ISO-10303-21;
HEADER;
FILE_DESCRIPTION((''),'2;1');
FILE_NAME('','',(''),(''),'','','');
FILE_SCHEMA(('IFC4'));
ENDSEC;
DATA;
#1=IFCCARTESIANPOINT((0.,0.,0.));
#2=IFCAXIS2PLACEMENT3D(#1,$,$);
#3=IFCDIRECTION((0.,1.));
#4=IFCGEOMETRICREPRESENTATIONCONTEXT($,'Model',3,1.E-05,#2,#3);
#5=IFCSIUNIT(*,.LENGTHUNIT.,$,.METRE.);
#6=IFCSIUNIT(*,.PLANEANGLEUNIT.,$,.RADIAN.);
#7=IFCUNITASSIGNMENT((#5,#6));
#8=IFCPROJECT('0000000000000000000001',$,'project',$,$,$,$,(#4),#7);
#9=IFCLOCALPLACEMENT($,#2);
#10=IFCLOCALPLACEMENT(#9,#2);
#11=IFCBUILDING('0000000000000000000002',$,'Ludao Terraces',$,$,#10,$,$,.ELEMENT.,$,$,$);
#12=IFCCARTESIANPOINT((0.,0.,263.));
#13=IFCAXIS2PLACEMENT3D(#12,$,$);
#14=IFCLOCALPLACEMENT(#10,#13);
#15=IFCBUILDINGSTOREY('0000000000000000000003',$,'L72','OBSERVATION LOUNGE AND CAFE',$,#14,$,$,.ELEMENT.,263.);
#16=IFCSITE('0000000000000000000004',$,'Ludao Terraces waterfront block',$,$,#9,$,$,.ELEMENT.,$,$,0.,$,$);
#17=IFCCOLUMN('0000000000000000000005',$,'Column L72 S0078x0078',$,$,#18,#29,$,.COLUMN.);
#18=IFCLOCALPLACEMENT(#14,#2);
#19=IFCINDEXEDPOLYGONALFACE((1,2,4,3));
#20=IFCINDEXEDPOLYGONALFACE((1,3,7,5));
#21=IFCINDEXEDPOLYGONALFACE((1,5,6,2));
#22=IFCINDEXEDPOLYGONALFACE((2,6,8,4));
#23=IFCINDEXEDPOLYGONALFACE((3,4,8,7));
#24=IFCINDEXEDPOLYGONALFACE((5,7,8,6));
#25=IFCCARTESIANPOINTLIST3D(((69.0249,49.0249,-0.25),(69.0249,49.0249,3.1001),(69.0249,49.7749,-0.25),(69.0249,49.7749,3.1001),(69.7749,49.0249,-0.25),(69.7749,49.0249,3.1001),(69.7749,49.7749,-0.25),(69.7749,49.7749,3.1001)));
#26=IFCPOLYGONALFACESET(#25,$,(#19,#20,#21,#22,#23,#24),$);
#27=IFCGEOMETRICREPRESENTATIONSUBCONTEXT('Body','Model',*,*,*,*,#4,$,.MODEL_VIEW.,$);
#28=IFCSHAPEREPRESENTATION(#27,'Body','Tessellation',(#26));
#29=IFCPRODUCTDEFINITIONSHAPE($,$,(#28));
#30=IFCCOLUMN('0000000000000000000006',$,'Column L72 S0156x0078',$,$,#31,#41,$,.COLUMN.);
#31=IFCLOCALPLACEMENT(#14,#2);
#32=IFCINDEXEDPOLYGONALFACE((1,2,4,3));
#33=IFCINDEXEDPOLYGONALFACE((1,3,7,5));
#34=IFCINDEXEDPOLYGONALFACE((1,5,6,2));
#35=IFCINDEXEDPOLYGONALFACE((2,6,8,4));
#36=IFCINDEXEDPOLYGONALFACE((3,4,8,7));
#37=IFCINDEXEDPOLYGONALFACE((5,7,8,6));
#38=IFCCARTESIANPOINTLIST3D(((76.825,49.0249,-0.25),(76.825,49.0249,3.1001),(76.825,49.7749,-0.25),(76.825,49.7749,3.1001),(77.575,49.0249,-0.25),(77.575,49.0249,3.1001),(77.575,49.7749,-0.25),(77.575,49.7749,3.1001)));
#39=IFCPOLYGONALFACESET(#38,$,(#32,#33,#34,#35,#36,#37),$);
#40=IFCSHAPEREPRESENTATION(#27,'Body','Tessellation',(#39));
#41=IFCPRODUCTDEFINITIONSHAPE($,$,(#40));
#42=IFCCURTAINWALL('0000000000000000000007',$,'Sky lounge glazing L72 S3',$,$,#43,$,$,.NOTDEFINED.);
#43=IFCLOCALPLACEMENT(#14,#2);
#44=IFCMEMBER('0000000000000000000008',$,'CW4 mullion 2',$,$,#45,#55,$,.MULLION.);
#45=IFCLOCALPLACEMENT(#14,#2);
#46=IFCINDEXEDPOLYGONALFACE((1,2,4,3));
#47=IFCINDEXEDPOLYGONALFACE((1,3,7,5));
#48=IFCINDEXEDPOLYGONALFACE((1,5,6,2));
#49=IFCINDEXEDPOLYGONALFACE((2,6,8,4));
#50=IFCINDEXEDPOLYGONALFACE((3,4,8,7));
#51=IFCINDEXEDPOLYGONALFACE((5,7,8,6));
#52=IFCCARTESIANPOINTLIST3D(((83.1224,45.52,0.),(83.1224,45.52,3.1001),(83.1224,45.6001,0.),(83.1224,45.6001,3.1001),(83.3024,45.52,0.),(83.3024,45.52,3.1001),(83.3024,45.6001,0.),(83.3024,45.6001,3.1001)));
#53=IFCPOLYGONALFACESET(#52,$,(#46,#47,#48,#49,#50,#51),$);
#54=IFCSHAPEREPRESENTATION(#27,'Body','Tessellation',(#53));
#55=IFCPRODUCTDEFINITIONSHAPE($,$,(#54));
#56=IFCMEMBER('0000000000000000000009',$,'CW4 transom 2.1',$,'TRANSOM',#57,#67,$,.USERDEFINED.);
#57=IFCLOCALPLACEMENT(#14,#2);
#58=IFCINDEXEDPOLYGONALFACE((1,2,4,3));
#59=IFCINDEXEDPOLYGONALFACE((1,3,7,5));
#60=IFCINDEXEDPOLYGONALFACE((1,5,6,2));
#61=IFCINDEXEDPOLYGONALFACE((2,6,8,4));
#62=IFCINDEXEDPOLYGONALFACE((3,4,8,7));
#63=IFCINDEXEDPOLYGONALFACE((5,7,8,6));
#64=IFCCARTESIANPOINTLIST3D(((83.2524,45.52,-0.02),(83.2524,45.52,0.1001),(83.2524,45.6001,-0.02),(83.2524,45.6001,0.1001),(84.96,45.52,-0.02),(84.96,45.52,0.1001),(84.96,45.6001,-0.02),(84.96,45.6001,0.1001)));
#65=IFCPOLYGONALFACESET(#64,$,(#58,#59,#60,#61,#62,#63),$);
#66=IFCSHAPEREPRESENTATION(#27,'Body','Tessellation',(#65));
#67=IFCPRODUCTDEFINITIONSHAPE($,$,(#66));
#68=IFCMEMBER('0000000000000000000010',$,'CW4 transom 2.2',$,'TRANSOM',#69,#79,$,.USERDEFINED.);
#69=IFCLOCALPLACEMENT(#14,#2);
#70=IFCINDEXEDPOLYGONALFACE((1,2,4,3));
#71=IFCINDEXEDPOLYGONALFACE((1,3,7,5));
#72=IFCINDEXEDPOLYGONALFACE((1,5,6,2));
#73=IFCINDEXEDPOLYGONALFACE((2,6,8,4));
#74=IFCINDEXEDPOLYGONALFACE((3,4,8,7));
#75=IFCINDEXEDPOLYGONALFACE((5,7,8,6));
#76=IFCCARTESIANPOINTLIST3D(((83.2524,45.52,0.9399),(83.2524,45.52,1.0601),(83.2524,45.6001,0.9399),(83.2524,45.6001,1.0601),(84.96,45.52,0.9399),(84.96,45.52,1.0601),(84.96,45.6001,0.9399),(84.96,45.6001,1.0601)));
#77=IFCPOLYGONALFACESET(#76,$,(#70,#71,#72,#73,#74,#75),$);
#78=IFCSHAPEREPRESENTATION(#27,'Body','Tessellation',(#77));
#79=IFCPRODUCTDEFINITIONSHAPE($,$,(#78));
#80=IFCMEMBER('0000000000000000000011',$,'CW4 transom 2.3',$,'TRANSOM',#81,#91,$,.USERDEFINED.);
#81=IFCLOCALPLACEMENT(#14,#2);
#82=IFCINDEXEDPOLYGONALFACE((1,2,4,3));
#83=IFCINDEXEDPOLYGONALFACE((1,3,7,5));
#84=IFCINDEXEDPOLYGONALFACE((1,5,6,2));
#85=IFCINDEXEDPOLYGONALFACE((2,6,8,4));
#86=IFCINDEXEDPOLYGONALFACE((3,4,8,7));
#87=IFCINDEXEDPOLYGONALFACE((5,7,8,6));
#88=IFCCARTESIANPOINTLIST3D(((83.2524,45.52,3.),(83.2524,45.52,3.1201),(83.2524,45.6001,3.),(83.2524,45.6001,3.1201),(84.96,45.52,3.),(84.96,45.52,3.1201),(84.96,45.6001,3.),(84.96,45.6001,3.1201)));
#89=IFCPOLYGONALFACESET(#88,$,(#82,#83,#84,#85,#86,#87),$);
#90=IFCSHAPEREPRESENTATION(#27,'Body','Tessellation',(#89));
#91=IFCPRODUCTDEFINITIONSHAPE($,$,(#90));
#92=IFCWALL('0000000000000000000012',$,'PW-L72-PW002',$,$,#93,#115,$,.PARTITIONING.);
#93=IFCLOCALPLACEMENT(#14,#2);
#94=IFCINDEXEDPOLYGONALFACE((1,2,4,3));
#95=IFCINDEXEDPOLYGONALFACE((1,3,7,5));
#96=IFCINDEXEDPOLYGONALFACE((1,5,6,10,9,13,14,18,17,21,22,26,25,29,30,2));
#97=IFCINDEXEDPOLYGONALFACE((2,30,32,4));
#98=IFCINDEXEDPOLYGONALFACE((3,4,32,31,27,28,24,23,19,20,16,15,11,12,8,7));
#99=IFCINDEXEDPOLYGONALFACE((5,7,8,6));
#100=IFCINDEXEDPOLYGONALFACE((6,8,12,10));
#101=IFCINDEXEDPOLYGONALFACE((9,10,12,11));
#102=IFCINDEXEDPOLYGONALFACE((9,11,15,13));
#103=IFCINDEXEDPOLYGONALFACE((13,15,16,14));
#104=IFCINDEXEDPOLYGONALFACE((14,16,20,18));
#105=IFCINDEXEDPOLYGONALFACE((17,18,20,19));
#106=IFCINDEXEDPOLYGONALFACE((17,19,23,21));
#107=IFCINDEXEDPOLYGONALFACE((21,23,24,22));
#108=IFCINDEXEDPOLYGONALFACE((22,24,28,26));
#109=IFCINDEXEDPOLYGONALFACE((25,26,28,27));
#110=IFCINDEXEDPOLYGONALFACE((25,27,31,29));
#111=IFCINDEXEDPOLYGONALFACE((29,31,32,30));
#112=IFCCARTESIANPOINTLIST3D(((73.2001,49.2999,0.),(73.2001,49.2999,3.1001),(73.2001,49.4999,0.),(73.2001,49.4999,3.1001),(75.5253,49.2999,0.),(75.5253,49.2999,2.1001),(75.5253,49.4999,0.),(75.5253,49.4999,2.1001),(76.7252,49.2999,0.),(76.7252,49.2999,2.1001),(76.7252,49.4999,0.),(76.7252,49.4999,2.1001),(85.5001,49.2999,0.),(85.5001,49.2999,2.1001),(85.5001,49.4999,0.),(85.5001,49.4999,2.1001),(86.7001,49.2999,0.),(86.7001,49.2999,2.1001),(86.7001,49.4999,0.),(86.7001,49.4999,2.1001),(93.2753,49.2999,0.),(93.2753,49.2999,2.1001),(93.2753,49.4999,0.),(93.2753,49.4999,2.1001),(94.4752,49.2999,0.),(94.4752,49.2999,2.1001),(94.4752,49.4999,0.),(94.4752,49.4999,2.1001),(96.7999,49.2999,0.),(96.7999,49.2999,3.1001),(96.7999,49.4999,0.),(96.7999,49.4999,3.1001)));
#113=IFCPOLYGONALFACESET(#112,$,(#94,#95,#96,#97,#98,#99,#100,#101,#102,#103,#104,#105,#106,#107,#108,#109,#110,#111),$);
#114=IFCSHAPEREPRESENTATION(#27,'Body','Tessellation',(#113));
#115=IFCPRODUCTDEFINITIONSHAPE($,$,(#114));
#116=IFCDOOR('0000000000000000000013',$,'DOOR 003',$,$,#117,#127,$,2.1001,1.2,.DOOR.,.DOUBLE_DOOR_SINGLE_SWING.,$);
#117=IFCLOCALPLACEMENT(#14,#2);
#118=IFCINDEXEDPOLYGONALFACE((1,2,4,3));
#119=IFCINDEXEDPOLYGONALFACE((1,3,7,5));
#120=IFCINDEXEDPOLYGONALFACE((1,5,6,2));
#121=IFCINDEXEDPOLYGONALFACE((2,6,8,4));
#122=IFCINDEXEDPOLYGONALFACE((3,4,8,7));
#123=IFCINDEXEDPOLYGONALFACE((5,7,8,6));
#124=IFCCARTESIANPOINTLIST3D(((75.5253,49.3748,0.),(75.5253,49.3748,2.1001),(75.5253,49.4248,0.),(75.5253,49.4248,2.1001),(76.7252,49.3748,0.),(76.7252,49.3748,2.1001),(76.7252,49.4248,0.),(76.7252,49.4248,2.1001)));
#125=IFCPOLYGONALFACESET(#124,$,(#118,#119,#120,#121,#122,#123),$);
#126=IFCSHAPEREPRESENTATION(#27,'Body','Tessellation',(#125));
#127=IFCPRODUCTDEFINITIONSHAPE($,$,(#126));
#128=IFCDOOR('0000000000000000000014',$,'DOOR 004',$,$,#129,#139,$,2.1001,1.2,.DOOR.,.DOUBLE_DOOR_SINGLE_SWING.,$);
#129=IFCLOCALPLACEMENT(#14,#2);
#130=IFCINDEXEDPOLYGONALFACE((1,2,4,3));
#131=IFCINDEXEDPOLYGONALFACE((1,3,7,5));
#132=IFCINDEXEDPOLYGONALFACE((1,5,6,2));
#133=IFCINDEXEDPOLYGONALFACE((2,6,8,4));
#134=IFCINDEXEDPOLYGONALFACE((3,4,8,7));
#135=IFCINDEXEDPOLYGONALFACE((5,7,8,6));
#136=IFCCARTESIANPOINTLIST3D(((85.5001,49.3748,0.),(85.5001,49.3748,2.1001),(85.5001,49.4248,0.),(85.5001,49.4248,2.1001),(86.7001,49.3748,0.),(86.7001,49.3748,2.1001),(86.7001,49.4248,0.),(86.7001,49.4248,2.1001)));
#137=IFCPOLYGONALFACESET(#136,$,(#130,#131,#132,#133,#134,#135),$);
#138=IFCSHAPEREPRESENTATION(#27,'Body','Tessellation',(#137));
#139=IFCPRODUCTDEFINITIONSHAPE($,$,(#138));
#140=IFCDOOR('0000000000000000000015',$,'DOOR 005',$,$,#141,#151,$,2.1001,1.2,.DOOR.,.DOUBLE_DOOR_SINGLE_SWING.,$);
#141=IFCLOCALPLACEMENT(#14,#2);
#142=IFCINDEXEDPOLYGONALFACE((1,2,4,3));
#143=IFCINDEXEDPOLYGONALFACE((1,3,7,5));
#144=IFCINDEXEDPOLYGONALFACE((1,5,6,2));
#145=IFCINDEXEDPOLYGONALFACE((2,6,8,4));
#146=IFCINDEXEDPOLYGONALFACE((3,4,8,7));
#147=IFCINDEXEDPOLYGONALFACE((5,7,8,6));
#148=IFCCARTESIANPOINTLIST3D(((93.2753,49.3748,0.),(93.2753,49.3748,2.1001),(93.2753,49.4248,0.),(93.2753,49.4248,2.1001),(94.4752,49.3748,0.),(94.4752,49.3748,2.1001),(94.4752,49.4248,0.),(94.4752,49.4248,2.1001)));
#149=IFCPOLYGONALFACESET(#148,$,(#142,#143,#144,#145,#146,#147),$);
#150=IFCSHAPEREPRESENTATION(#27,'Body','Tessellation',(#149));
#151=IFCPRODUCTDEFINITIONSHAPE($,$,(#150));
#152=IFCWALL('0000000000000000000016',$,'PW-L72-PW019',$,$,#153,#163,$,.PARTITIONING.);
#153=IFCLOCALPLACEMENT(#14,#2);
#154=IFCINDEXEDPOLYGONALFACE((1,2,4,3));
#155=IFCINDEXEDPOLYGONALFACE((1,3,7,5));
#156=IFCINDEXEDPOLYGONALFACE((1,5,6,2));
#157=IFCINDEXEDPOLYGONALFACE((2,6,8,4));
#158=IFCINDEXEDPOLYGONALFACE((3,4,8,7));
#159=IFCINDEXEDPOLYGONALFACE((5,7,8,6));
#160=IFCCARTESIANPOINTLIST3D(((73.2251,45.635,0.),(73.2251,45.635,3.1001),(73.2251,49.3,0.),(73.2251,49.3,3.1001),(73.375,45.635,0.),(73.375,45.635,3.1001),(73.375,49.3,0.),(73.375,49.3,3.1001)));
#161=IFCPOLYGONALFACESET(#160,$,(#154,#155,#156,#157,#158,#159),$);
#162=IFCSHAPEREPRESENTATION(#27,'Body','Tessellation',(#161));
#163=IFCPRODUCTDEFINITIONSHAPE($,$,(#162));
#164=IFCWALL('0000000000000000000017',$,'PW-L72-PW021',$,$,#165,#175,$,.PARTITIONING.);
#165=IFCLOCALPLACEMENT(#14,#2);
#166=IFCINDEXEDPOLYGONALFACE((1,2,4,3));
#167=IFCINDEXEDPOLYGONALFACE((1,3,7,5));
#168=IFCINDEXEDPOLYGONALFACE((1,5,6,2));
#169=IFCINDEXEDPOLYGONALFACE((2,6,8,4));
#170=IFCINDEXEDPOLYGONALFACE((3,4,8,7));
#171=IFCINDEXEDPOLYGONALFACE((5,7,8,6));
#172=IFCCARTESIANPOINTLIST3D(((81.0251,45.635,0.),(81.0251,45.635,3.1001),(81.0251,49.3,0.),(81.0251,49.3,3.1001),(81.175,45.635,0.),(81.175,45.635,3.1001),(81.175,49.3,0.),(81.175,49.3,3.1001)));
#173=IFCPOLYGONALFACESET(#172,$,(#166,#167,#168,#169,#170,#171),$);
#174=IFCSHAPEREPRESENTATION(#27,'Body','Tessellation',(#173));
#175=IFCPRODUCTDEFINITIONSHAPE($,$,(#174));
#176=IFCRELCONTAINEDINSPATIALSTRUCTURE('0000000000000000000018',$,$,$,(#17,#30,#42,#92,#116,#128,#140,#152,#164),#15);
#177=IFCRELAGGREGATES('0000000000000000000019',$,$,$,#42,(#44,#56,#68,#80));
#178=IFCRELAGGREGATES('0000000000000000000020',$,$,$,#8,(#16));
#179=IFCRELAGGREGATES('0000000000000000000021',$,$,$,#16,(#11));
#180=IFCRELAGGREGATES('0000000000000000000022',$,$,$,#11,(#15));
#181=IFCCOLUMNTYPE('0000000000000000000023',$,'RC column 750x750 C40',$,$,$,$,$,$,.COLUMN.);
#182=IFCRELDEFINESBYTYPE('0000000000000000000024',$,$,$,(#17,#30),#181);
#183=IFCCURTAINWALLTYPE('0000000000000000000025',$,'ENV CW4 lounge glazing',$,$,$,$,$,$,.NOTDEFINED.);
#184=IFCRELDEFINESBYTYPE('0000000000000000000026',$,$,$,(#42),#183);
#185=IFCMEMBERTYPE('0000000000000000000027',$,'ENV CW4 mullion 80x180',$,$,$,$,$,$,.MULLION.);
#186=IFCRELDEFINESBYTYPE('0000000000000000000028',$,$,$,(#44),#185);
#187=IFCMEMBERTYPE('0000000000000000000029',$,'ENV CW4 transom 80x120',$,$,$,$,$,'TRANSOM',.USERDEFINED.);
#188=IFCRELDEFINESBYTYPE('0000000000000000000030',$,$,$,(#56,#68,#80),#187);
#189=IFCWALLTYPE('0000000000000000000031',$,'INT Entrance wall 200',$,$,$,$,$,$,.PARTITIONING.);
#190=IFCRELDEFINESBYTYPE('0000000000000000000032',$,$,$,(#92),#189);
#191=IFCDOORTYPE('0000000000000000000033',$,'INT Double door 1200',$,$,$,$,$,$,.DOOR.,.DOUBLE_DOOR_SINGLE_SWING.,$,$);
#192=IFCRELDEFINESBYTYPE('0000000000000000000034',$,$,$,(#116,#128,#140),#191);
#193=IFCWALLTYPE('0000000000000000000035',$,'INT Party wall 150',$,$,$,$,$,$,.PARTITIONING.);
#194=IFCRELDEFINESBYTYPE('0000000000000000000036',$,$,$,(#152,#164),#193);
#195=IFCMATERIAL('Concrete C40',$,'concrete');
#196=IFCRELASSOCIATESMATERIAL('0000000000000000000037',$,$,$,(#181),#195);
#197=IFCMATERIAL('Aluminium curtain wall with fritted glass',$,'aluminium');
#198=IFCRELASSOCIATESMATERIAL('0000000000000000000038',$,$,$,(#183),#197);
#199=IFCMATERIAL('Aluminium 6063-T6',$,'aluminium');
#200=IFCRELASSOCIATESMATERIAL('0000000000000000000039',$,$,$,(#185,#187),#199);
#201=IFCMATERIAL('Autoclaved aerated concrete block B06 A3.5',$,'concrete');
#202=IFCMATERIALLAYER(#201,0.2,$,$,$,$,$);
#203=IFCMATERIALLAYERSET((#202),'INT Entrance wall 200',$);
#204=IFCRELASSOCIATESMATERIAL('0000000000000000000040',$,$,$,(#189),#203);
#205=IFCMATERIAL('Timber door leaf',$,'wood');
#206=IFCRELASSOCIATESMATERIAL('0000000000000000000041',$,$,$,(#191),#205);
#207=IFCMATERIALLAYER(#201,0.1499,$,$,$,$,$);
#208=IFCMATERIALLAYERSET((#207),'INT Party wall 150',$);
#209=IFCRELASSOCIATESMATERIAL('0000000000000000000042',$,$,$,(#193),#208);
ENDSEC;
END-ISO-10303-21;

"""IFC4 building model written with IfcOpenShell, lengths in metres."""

from ifc_helpers import new_model, si_unit, direction, frame, frame_2d, origin, origin_2d, place, context, subcontext, project, spatial, rectangle, extrude, material, layer, layer_set, material_profile, profile_set, type_object, element, fill, aggregate, save


model = new_model("IFC4")

# Units and contexts
model_context = context("Model", 3, precision=1e-05, world=origin(), true_north=direction((0.0, 1.0)))
body_context = subcontext(model_context, "Body", "Model", "MODEL_VIEW")
ifc_project = project(units=[si_unit("LENGTHUNIT", "METRE"), si_unit("PLANEANGLEUNIT", "RADIAN")], contexts=[model_context])

# Site, building, storey
site_placement = place(None, origin())
site = spatial("IfcSite", under=ifc_project, at=site_placement, Name="Ludao Terraces waterfront block", CompositionType="ELEMENT", RefElevation=0.0)
building_placement = place(site_placement, origin())
building = spatial("IfcBuilding", under=site, at=building_placement, Name="Ludao Terraces", CompositionType="ELEMENT")
storey_placement = place(building_placement, frame((0.0, 0.0, 263.0)))
storey = spatial("IfcBuildingStorey", under=building, at=storey_placement, Name="L72", Description="OBSERVATION LOUNGE AND CAFE", CompositionType="ELEMENT", Elevation=263.0)

# Columns
ifc_material_1 = material(Name="Concrete C40", Category="concrete")
ifc_material_profile_1 = material_profile(ifc_material_1, rectangle(XDim=0.75, YDim=0.75, at=origin_2d()), Name="750 X 750")
ifc_profile_set_1 = profile_set([ifc_material_profile_1], Name="Concrete C40")
column_type = type_object("IfcColumnType", Name="RC column 750x750 C40", PredefinedType="COLUMN", material=ifc_profile_set_1)
for number, where, z_axis, x_axis, name in (
    (1, (69.3999, 49.3999, -0.25), (0.0, 0.0, 1.0), (1.0, 0.0, 0.0), "Column L72 S0078x0078"),
    (2, (77.2, 49.3999, -0.25), (0.0, 0.0, 1.0), (1.0, 0.0, 0.0), "Column L72 S0156x0078"),
):
    element("IfcColumn", number, at=place(storey_placement, frame(where, z_axis=z_axis, x_axis=x_axis)), inside=storey, type_object=column_type, Name=name, PredefinedType="COLUMN", context=body_context, shape_type="SweptSolid", body=[
        extrude(rectangle(XDim=0.75, YDim=0.75, at=origin_2d()), origin(), (0.0, 0.0, 1.0), 3.3501),
    ])

# Curtain wall, members
ifc_material_2 = material(Name="Aluminium curtain wall with fritted glass", Category="aluminium")
curtain_wall_type = type_object("IfcCurtainWallType", Name="ENV CW4 lounge glazing", PredefinedType="NOTDEFINED", material=ifc_material_2)
curtain_wall_placement = place(storey_placement, origin())
curtain_wall = element("IfcCurtainWall", 3, at=curtain_wall_placement, inside=storey, type_object=curtain_wall_type, Name="Sky lounge glazing L72 S3", PredefinedType="NOTDEFINED")
ifc_material_3 = material(Name="Aluminium 6063-T6", Category="aluminium")
ifc_material_profile_2 = material_profile(ifc_material_3, rectangle(XDim=0.0801, YDim=0.1799, at=origin_2d()), Name="80 X 180")
ifc_profile_set_2 = profile_set([ifc_material_profile_2], Name="Aluminium 6063-T6")
member_type_1 = type_object("IfcMemberType", Name="ENV CW4 mullion 80x180", PredefinedType="MULLION", material=ifc_profile_set_2)
member_1_placement = place(storey_placement, frame((83.2124, 45.5601, 0.0), z_axis=(0.0, 0.0, 1.0), x_axis=(0.0, 1.0, 0.0)))
member_1 = element("IfcMember", 4, at=member_1_placement, type_object=member_type_1, Name="CW4 mullion 2", PredefinedType="MULLION", context=body_context, shape_type="SweptSolid", body=[
    extrude(rectangle(XDim=0.0801, YDim=0.1799, at=origin_2d()), origin(), (0.0, 0.0, 1.0), 3.1001),
])
ifc_material_profile_3 = material_profile(ifc_material_3, rectangle(XDim=0.0801, YDim=0.1201, at=origin_2d()), Name="80 X 120")
ifc_profile_set_3 = profile_set([ifc_material_profile_3], Name="Aluminium 6063-T6")
member_type_2 = type_object("IfcMemberType", Name="ENV CW4 transom 80x120", ElementType="TRANSOM", PredefinedType="USERDEFINED", material=ifc_profile_set_3)
member_2_placement = place(storey_placement, frame((83.2524, 45.5601, 0.04), z_axis=(1.0, 0.0, 0.0), x_axis=(0.0, 1.0, 0.0)))
member_2 = element("IfcMember", 5, at=member_2_placement, type_object=member_type_2, Name="CW4 transom 2.1", ObjectType="TRANSOM", PredefinedType="USERDEFINED", context=body_context, shape_type="SweptSolid", body=[
    extrude(rectangle(XDim=0.0801, YDim=0.1201, at=origin_2d()), origin(), (0.0, 0.0, 1.0), 1.7075),
])
member_3_placement = place(storey_placement, frame((83.2524, 45.5601, 1.0), z_axis=(1.0, 0.0, 0.0), x_axis=(0.0, 1.0, 0.0)))
member_3 = element("IfcMember", 6, at=member_3_placement, type_object=member_type_2, Name="CW4 transom 2.2", ObjectType="TRANSOM", PredefinedType="USERDEFINED", context=body_context, shape_type="SweptSolid", body=[
    extrude(rectangle(XDim=0.0801, YDim=0.1201, at=origin_2d()), origin(), (0.0, 0.0, 1.0), 1.7075),
])
member_4_placement = place(storey_placement, frame((83.2524, 45.5601, 3.0601), z_axis=(1.0, 0.0, 0.0), x_axis=(0.0, 1.0, 0.0)))
member_4 = element("IfcMember", 7, at=member_4_placement, type_object=member_type_2, Name="CW4 transom 2.3", ObjectType="TRANSOM", PredefinedType="USERDEFINED", context=body_context, shape_type="SweptSolid", body=[
    extrude(rectangle(XDim=0.0801, YDim=0.1201, at=origin_2d()), origin(), (0.0, 0.0, 1.0), 1.7075),
])
aggregate(curtain_wall, [member_1, member_2, member_3, member_4])

# Wall, openings, doors
ifc_material_4 = material(Name="Autoclaved aerated concrete block B06 A3.5", Category="concrete")
ifc_layer_1 = layer(ifc_material_4, 0.2)
ifc_layer_set_1 = layer_set([ifc_layer_1], Name="INT Entrance wall 200")
wall_type_1 = type_object("IfcWallType", Name="INT Entrance wall 200", PredefinedType="PARTITIONING", material=ifc_layer_set_1)
wall_placement = place(storey_placement, frame((73.2002, 49.3999, 0.0), z_axis=(0.0, 0.0, 1.0), x_axis=(1.0, 0.0, 0.0)))
wall = element("IfcWall", 8, at=wall_placement, inside=storey, type_object=wall_type_1, Name="PW-L72-PW002", PredefinedType="PARTITIONING", context=body_context, shape_type="SweptSolid", body=[
    extrude(rectangle(XDim=23.5999, YDim=0.2, at=frame_2d((11.7998, 0.0))), origin(), (0.0, 0.0, 1.0), 3.1001),
])
opening_1_placement = place(wall_placement, frame((2.325, 0.0, 0.0)))
opening_1 = element("IfcOpeningElement", 9, at=opening_1_placement, cuts=wall, PredefinedType="OPENING", context=body_context, shape_type="SweptSolid", body=[
    extrude(rectangle(XDim=1.2, YDim=2.1001, at=frame_2d((0.6001, 1.05))), frame((0.0, 0.1099, 0.0), z_axis=(0.0, -1.0, 0.0), x_axis=(1.0, 0.0, 0.0)), (0.0, 0.0, 1.0), 0.22),
])
opening_2_placement = place(wall_placement, frame((12.2998, 0.0, 0.0)))
opening_2 = element("IfcOpeningElement", 10, at=opening_2_placement, cuts=wall, PredefinedType="OPENING", context=body_context, shape_type="SweptSolid", body=[
    extrude(rectangle(XDim=1.2, YDim=2.1001, at=frame_2d((0.6001, 1.05))), frame((0.0, 0.1099, 0.0), z_axis=(0.0, -1.0, 0.0), x_axis=(1.0, 0.0, 0.0)), (0.0, 0.0, 1.0), 0.22),
])
opening_3_placement = place(wall_placement, frame((20.075, 0.0, 0.0)))
opening_3 = element("IfcOpeningElement", 11, at=opening_3_placement, cuts=wall, PredefinedType="OPENING", context=body_context, shape_type="SweptSolid", body=[
    extrude(rectangle(XDim=1.2, YDim=2.1001, at=frame_2d((0.6001, 1.05))), frame((0.0, 0.1099, 0.0), z_axis=(0.0, -1.0, 0.0), x_axis=(1.0, 0.0, 0.0)), (0.0, 0.0, 1.0), 0.22),
])
ifc_material_5 = material(Name="Timber door leaf", Category="wood")
door_type = type_object("IfcDoorType", Name="INT Double door 1200", OperationType="DOUBLE_DOOR_SINGLE_SWING", PredefinedType="DOOR", material=ifc_material_5)
door_1_placement = place(opening_1_placement, origin())
door_1 = element("IfcDoor", 12, at=door_1_placement, inside=storey, type_object=door_type, Name="DOOR 003", OperationType="DOUBLE_DOOR_SINGLE_SWING", OverallHeight=2.1001, OverallWidth=1.2, PredefinedType="DOOR", context=body_context, shape_type="SweptSolid", body=[
    extrude(rectangle(XDim=1.2, YDim=2.1001, at=frame_2d((0.6001, 1.05))), frame((0.0, 0.0249, 0.0), z_axis=(0.0, -1.0, 0.0), x_axis=(1.0, 0.0, 0.0)), (0.0, 0.0, 1.0), 0.05),
])
fill(opening_1, door_1)
door_2_placement = place(opening_2_placement, origin())
door_2 = element("IfcDoor", 13, at=door_2_placement, inside=storey, type_object=door_type, Name="DOOR 004", OperationType="DOUBLE_DOOR_SINGLE_SWING", OverallHeight=2.1001, OverallWidth=1.2, PredefinedType="DOOR", context=body_context, shape_type="SweptSolid", body=[
    extrude(rectangle(XDim=1.2, YDim=2.1001, at=frame_2d((0.6001, 1.05))), frame((0.0, 0.0249, 0.0), z_axis=(0.0, -1.0, 0.0), x_axis=(1.0, 0.0, 0.0)), (0.0, 0.0, 1.0), 0.05),
])
fill(opening_2, door_2)
door_3_placement = place(opening_3_placement, origin())
door_3 = element("IfcDoor", 14, at=door_3_placement, inside=storey, type_object=door_type, Name="DOOR 005", OperationType="DOUBLE_DOOR_SINGLE_SWING", OverallHeight=2.1001, OverallWidth=1.2, PredefinedType="DOOR", context=body_context, shape_type="SweptSolid", body=[
    extrude(rectangle(XDim=1.2, YDim=2.1001, at=frame_2d((0.6001, 1.05))), frame((0.0, 0.0249, 0.0), z_axis=(0.0, -1.0, 0.0), x_axis=(1.0, 0.0, 0.0)), (0.0, 0.0, 1.0), 0.05),
])
fill(opening_3, door_3)

# Walls
ifc_layer_2 = layer(ifc_material_4, 0.1499)
ifc_layer_set_2 = layer_set([ifc_layer_2], Name="INT Party wall 150")
wall_type_2 = type_object("IfcWallType", Name="INT Party wall 150", PredefinedType="PARTITIONING", material=ifc_layer_set_2)
for number, where, z_axis, x_axis, name in (
    (15, (73.3, 45.635, 0.0), (0.0, 0.0, 1.0), (0.0, 1.0, 0.0), "PW-L72-PW019"),
    (16, (81.1001, 45.635, 0.0), (0.0, 0.0, 1.0), (0.0, 1.0, 0.0), "PW-L72-PW021"),
):
    element("IfcWall", number, at=place(storey_placement, frame(where, z_axis=z_axis, x_axis=x_axis)), inside=storey, type_object=wall_type_2, Name=name, PredefinedType="PARTITIONING", context=body_context, shape_type="SweptSolid", body=[
        extrude(rectangle(XDim=3.665, YDim=0.1499, at=frame_2d((1.8325, 0.0))), origin(), (0.0, 0.0, 1.0), 3.1001),
    ])

save(model, "model.ifc")
